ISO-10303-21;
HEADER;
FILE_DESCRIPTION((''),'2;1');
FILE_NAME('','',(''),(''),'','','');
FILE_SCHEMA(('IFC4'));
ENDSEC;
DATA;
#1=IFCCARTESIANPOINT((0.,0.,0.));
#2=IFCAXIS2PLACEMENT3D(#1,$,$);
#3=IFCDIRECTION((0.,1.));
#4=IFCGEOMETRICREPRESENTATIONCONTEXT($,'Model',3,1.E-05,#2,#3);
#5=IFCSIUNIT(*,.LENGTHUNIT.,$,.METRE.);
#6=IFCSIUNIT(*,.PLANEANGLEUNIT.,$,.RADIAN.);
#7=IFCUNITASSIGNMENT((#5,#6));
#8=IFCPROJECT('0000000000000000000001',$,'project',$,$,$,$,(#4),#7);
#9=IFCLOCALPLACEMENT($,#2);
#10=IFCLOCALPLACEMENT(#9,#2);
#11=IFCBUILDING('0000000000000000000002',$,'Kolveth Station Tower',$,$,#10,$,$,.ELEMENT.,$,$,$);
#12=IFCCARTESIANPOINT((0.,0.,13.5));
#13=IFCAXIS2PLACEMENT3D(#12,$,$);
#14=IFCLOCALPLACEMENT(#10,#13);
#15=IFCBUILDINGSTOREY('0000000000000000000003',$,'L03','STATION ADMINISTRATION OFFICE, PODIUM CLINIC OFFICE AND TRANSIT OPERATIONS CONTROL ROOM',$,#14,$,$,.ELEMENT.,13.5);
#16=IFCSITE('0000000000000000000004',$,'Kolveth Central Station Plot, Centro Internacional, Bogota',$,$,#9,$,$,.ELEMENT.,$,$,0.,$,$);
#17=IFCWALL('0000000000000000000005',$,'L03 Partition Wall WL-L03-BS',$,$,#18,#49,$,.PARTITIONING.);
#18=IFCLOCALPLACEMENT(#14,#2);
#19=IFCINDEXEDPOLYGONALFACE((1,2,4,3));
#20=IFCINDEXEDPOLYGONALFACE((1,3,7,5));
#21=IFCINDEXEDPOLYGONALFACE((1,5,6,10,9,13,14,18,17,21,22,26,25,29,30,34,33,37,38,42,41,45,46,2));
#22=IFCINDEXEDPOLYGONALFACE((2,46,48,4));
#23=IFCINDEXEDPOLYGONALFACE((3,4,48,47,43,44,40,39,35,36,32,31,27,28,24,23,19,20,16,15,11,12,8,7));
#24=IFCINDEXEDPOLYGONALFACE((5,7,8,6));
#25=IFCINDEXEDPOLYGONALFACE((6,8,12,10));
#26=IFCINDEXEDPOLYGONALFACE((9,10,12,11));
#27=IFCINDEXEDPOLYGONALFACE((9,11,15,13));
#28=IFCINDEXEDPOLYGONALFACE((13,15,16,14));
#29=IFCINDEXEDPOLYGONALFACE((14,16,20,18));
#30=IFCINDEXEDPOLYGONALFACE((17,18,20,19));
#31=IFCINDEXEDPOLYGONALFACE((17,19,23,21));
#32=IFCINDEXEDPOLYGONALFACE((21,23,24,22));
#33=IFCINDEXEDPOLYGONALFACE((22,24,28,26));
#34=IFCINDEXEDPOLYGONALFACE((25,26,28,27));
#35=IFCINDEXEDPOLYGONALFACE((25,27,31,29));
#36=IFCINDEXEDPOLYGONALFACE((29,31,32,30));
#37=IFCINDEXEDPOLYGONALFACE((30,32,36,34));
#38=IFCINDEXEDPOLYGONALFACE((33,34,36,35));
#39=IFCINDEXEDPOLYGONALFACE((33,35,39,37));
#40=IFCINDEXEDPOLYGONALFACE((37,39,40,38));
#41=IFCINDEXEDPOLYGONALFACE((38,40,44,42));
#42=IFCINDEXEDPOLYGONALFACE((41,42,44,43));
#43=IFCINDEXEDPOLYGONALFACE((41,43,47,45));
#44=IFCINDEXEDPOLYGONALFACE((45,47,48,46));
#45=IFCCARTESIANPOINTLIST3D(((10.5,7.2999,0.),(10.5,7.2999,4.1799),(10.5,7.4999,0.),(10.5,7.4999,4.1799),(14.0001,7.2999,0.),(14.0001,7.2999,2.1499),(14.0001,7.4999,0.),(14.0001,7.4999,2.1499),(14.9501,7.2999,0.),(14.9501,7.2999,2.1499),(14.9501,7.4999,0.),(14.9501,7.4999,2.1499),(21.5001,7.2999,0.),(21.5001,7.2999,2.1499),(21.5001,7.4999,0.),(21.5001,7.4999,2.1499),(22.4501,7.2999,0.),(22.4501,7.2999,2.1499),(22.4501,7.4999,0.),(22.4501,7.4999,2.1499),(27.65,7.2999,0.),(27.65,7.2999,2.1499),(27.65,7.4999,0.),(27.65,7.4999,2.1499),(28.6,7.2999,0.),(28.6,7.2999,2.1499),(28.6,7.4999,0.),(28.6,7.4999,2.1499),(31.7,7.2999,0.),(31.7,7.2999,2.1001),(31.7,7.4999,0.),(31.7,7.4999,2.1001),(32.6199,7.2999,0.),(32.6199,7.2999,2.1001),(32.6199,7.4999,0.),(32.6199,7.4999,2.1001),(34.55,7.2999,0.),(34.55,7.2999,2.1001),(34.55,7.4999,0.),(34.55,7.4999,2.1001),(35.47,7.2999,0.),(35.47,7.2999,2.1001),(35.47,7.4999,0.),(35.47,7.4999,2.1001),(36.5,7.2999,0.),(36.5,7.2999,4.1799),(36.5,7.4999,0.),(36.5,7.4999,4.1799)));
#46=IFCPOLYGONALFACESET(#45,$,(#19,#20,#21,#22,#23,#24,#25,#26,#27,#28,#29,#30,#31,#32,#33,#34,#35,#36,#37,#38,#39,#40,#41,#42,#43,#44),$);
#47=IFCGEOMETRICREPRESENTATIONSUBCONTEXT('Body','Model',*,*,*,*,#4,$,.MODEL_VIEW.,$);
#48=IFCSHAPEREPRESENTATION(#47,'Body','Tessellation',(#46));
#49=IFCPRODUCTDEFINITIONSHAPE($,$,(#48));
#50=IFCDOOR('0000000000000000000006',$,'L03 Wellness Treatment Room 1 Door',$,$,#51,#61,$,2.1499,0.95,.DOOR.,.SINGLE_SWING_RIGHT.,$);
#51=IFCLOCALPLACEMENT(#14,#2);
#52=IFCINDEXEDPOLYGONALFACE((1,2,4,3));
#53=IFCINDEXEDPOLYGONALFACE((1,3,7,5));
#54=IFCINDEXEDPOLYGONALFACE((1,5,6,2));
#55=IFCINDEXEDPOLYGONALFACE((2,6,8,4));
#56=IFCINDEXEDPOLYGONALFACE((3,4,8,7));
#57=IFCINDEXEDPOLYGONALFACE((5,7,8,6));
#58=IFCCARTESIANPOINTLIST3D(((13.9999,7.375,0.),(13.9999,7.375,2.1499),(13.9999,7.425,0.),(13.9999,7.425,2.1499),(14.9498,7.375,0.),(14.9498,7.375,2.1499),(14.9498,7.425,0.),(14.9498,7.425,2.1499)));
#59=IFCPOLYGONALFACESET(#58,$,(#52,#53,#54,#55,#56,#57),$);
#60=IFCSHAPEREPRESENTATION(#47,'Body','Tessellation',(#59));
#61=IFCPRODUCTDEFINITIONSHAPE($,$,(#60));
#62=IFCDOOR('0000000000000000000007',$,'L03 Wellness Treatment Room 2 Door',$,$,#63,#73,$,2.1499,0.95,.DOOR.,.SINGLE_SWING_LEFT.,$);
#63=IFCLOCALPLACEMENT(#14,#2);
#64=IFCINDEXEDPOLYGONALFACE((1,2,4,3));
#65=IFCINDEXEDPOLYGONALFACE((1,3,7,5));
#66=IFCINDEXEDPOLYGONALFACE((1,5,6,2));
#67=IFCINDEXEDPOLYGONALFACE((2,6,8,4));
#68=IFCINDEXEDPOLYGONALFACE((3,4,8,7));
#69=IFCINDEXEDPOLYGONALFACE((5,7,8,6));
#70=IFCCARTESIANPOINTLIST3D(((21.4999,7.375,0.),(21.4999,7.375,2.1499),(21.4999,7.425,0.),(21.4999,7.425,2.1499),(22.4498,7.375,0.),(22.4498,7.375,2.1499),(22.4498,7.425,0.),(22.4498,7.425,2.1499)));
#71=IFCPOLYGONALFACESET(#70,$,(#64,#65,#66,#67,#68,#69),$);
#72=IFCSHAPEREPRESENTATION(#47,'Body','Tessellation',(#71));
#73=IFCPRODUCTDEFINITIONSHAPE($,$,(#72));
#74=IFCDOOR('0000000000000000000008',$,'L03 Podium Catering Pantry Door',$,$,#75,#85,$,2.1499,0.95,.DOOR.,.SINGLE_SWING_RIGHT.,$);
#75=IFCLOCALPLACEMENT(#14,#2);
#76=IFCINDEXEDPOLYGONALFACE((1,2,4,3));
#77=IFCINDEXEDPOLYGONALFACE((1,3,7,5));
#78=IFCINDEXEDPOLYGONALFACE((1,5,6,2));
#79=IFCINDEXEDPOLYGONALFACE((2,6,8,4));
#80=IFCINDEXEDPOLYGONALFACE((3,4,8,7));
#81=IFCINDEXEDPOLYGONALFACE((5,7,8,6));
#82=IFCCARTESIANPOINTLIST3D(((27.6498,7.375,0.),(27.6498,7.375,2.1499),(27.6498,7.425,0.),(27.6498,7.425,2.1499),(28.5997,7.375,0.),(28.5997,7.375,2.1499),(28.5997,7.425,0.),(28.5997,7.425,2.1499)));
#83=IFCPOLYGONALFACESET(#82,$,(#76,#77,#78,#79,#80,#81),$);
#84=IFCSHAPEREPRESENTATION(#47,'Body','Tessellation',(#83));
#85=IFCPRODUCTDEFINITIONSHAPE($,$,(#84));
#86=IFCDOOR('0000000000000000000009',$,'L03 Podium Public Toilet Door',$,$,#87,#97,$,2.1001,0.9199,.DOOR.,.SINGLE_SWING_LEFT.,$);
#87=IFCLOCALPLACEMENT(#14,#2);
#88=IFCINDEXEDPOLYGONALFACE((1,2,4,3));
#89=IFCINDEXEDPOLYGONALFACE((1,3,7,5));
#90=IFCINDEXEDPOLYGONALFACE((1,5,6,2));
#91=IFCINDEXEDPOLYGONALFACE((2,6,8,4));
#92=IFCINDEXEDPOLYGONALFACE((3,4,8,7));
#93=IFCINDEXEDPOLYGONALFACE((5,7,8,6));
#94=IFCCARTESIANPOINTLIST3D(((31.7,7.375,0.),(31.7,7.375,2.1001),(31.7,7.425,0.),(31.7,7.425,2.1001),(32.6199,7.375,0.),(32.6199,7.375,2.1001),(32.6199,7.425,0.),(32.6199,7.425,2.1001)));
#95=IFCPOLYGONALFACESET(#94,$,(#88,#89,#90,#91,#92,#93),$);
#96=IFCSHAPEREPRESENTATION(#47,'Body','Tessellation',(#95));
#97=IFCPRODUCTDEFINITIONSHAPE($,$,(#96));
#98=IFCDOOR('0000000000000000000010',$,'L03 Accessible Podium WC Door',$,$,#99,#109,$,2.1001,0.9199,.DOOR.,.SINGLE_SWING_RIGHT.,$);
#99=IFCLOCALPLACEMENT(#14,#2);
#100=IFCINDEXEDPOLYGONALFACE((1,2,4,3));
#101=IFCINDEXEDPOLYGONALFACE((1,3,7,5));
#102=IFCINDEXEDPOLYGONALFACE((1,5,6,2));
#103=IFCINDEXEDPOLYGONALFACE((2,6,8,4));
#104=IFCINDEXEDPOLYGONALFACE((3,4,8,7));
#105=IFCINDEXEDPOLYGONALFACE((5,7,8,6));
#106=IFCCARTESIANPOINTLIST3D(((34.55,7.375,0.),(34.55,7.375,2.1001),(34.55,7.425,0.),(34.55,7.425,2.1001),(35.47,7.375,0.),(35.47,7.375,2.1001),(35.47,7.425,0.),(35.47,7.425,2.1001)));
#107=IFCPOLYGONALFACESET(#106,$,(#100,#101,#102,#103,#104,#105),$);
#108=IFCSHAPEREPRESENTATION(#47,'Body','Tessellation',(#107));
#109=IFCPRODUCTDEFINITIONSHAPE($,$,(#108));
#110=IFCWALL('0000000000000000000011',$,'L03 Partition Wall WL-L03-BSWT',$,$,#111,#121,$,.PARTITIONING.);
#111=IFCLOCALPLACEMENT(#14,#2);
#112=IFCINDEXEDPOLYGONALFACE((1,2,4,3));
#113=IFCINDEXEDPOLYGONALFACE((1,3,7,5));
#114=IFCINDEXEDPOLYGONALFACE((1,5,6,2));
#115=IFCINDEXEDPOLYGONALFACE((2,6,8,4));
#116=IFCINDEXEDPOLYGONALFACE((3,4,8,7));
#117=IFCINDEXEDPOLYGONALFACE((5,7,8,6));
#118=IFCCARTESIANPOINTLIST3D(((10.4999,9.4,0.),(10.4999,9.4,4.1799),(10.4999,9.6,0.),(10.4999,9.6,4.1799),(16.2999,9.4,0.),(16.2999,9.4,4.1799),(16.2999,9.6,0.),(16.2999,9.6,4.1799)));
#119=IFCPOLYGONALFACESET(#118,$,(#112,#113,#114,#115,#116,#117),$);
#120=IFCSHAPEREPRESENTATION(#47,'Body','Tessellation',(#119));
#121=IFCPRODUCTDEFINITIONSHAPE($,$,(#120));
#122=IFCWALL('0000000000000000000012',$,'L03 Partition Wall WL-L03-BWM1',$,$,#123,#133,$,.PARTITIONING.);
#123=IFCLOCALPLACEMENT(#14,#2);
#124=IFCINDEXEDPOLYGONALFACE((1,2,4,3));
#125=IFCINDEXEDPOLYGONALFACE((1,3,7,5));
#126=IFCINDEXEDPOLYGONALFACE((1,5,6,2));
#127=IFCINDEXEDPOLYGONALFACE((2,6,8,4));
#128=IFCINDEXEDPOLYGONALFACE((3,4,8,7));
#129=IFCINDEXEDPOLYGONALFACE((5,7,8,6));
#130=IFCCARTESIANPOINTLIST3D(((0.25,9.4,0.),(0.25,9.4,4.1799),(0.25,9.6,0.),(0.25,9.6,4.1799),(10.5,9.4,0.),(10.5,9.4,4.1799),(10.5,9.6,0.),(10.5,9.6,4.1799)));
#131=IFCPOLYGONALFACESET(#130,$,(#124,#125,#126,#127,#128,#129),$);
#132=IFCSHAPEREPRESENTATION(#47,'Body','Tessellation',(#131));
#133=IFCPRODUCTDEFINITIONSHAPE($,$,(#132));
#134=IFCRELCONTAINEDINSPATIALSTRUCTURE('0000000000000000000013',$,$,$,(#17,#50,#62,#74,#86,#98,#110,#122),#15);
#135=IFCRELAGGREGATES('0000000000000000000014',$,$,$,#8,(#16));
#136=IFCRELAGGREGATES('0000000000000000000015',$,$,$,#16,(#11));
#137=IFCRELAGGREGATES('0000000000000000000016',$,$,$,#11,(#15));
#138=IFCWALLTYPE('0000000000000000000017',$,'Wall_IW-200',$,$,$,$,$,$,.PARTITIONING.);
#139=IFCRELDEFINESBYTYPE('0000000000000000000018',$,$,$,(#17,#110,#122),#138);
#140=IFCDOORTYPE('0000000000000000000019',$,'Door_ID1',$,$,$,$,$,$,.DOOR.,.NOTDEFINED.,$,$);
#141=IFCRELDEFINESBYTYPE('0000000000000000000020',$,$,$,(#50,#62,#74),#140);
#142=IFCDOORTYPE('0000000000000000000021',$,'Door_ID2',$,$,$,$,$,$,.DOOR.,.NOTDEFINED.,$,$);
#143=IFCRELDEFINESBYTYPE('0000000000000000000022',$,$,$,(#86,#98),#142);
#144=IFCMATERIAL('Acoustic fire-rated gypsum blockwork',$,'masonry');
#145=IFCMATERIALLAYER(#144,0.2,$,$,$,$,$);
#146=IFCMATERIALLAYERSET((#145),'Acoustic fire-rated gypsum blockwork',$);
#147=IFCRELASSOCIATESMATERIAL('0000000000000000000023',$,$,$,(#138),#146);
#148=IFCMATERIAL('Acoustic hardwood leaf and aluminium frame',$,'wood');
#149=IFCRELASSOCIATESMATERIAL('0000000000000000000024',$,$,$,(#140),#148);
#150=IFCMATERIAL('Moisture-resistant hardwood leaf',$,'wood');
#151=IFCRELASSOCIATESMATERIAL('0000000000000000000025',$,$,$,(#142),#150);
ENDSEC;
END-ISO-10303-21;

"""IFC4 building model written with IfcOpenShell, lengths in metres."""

from ifc_helpers import new_model, si_unit, direction, frame, frame_2d, origin, place, context, subcontext, project, spatial, rectangle, extrude, material, layer, layer_set, type_object, element, fill, save


model = new_model("IFC4")

# Units and contexts
model_context = context("Model", 3, precision=1e-05, world=origin(), true_north=direction((0.0, 1.0)))
body_context = subcontext(model_context, "Body", "Model", "MODEL_VIEW")
ifc_project = project(units=[si_unit("LENGTHUNIT", "METRE"), si_unit("PLANEANGLEUNIT", "RADIAN")], contexts=[model_context])

# Site, building, storey
site_placement = place(None, origin())
site = spatial("IfcSite", under=ifc_project, at=site_placement, Name="Kolveth Central Station Plot, Centro Internacional, Bogota", CompositionType="ELEMENT", RefElevation=0.0)
building_placement = place(site_placement, origin())
building = spatial("IfcBuilding", under=site, at=building_placement, Name="Kolveth Station Tower", CompositionType="ELEMENT")
storey_placement = place(building_placement, frame((0.0, 0.0, 13.5)))
storey = spatial("IfcBuildingStorey", under=building, at=storey_placement, Name="L03", Description="STATION ADMINISTRATION OFFICE, PODIUM CLINIC OFFICE AND TRANSIT OPERATIONS CONTROL ROOM", CompositionType="ELEMENT", Elevation=13.5)

# Wall, openings, doors
ifc_material_1 = material(Name="Acoustic fire-rated gypsum blockwork", Category="masonry")
ifc_layer = layer(ifc_material_1, 0.2)
ifc_layer_set = layer_set([ifc_layer], Name="Acoustic fire-rated gypsum blockwork")
wall_type = type_object("IfcWallType", Name="Wall_IW-200", PredefinedType="PARTITIONING", material=ifc_layer_set)
wall_1_placement = place(storey_placement, frame((10.5, 7.3999, 0.0), z_axis=(0.0, 0.0, 1.0), x_axis=(1.0, 0.0, 0.0)))
wall_1 = element("IfcWall", 1, at=wall_1_placement, inside=storey, type_object=wall_type, Name="L03 Partition Wall WL-L03-BS", PredefinedType="PARTITIONING", context=body_context, shape_type="SweptSolid", body=[
    extrude(rectangle(XDim=26.0, YDim=0.2, at=frame_2d((13.0, 0.0))), origin(), (0.0, 0.0, 1.0), 4.1799),
])
opening_1_placement = place(wall_1_placement, frame((3.5, 0.0, 0.0)))
opening_1 = element("IfcOpeningElement", 2, at=opening_1_placement, cuts=wall_1, PredefinedType="OPENING", context=body_context, shape_type="SweptSolid", body=[
    extrude(rectangle(XDim=0.95, YDim=2.1499, at=frame_2d((0.4751, 1.075))), frame((0.0, 0.1099, 0.0), z_axis=(0.0, -1.0, 0.0), x_axis=(1.0, 0.0, 0.0)), (0.0, 0.0, 1.0), 0.22),
])
opening_2_placement = place(wall_1_placement, frame((11.0, 0.0, 0.0)))
opening_2 = element("IfcOpeningElement", 3, at=opening_2_placement, cuts=wall_1, PredefinedType="OPENING", context=body_context, shape_type="SweptSolid", body=[
    extrude(rectangle(XDim=0.95, YDim=2.1499, at=frame_2d((0.4751, 1.075))), frame((0.0, 0.1099, 0.0), z_axis=(0.0, -1.0, 0.0), x_axis=(1.0, 0.0, 0.0)), (0.0, 0.0, 1.0), 0.22),
])
opening_3_placement = place(wall_1_placement, frame((17.1499, 0.0, 0.0)))
opening_3 = element("IfcOpeningElement", 4, at=opening_3_placement, cuts=wall_1, PredefinedType="OPENING", context=body_context, shape_type="SweptSolid", body=[
    extrude(rectangle(XDim=0.95, YDim=2.1499, at=frame_2d((0.4751, 1.075))), frame((0.0, 0.1099, 0.0), z_axis=(0.0, -1.0, 0.0), x_axis=(1.0, 0.0, 0.0)), (0.0, 0.0, 1.0), 0.22),
])
opening_4_placement = place(wall_1_placement, frame((21.2, 0.0, 0.0)))
opening_4 = element("IfcOpeningElement", 5, at=opening_4_placement, cuts=wall_1, PredefinedType="OPENING", context=body_context, shape_type="SweptSolid", body=[
    extrude(rectangle(XDim=0.9199, YDim=2.1001, at=frame_2d((0.46, 1.05))), frame((0.0, 0.1099, 0.0), z_axis=(0.0, -1.0, 0.0), x_axis=(1.0, 0.0, 0.0)), (0.0, 0.0, 1.0), 0.22),
])
opening_5_placement = place(wall_1_placement, frame((24.05, 0.0, 0.0)))
opening_5 = element("IfcOpeningElement", 6, at=opening_5_placement, cuts=wall_1, PredefinedType="OPENING", context=body_context, shape_type="SweptSolid", body=[
    extrude(rectangle(XDim=0.9199, YDim=2.1001, at=frame_2d((0.46, 1.05))), frame((0.0, 0.1099, 0.0), z_axis=(0.0, -1.0, 0.0), x_axis=(1.0, 0.0, 0.0)), (0.0, 0.0, 1.0), 0.22),
])
ifc_material_2 = material(Name="Acoustic hardwood leaf and aluminium frame", Category="wood")
door_type_1 = type_object("IfcDoorType", Name="Door_ID1", OperationType="NOTDEFINED", PredefinedType="DOOR", material=ifc_material_2)
door_1_placement = place(opening_1_placement, frame((0.95, 0.0, 0.0), z_axis=(0.0, 0.0, 1.0), x_axis=(-1.0, 0.0, 0.0)))
door_1 = element("IfcDoor", 7, at=door_1_placement, inside=storey, type_object=door_type_1, Name="L03 Wellness Treatment Room 1 Door", OperationType="SINGLE_SWING_RIGHT", OverallHeight=2.1499, OverallWidth=0.95, PredefinedType="DOOR", context=body_context, shape_type="SweptSolid", body=[
    extrude(rectangle(XDim=0.95, YDim=2.1499, at=frame_2d((0.4751, 1.075))), frame((0.0, 0.0249, 0.0), z_axis=(0.0, -1.0, 0.0), x_axis=(1.0, 0.0, 0.0)), (0.0, 0.0, 1.0), 0.05),
])
fill(opening_1, door_1)
door_2_placement = place(opening_2_placement, frame((0.95, 0.0, 0.0), z_axis=(0.0, 0.0, 1.0), x_axis=(-1.0, 0.0, 0.0)))
door_2 = element("IfcDoor", 8, at=door_2_placement, inside=storey, type_object=door_type_1, Name="L03 Wellness Treatment Room 2 Door", OperationType="SINGLE_SWING_LEFT", OverallHeight=2.1499, OverallWidth=0.95, PredefinedType="DOOR", context=body_context, shape_type="SweptSolid", body=[
    extrude(rectangle(XDim=0.95, YDim=2.1499, at=frame_2d((0.4751, 1.075))), frame((0.0, 0.0249, 0.0), z_axis=(0.0, -1.0, 0.0), x_axis=(1.0, 0.0, 0.0)), (0.0, 0.0, 1.0), 0.05),
])
fill(opening_2, door_2)
door_3_placement = place(opening_3_placement, frame((0.95, 0.0, 0.0), z_axis=(0.0, 0.0, 1.0), x_axis=(-1.0, 0.0, 0.0)))
door_3 = element("IfcDoor", 9, at=door_3_placement, inside=storey, type_object=door_type_1, Name="L03 Podium Catering Pantry Door", OperationType="SINGLE_SWING_RIGHT", OverallHeight=2.1499, OverallWidth=0.95, PredefinedType="DOOR", context=body_context, shape_type="SweptSolid", body=[
    extrude(rectangle(XDim=0.95, YDim=2.1499, at=frame_2d((0.4751, 1.075))), frame((0.0, 0.0249, 0.0), z_axis=(0.0, -1.0, 0.0), x_axis=(1.0, 0.0, 0.0)), (0.0, 0.0, 1.0), 0.05),
])
fill(opening_3, door_3)
ifc_material_3 = material(Name="Moisture-resistant hardwood leaf", Category="wood")
door_type_2 = type_object("IfcDoorType", Name="Door_ID2", OperationType="NOTDEFINED", PredefinedType="DOOR", material=ifc_material_3)
door_4_placement = place(opening_4_placement, frame((0.9199, 0.0, 0.0), z_axis=(0.0, 0.0, 1.0), x_axis=(-1.0, 0.0, 0.0)))
door_4 = element("IfcDoor", 10, at=door_4_placement, inside=storey, type_object=door_type_2, Name="L03 Podium Public Toilet Door", OperationType="SINGLE_SWING_LEFT", OverallHeight=2.1001, OverallWidth=0.9199, PredefinedType="DOOR", context=body_context, shape_type="SweptSolid", body=[
    extrude(rectangle(XDim=0.9199, YDim=2.1001, at=frame_2d((0.46, 1.05))), frame((0.0, 0.0249, 0.0), z_axis=(0.0, -1.0, 0.0), x_axis=(1.0, 0.0, 0.0)), (0.0, 0.0, 1.0), 0.05),
])
fill(opening_4, door_4)
door_5_placement = place(opening_5_placement, frame((0.9199, 0.0, 0.0), z_axis=(0.0, 0.0, 1.0), x_axis=(-1.0, 0.0, 0.0)))
door_5 = element("IfcDoor", 11, at=door_5_placement, inside=storey, type_object=door_type_2, Name="L03 Accessible Podium WC Door", OperationType="SINGLE_SWING_RIGHT", OverallHeight=2.1001, OverallWidth=0.9199, PredefinedType="DOOR", context=body_context, shape_type="SweptSolid", body=[
    extrude(rectangle(XDim=0.9199, YDim=2.1001, at=frame_2d((0.46, 1.05))), frame((0.0, 0.0249, 0.0), z_axis=(0.0, -1.0, 0.0), x_axis=(1.0, 0.0, 0.0)), (0.0, 0.0, 1.0), 0.05),
])
fill(opening_5, door_5)

# Walls
wall_2_placement = place(storey_placement, frame((10.5, 9.5, 0.0), z_axis=(0.0, 0.0, 1.0), x_axis=(1.0, 0.0, 0.0)))
element("IfcWall", 12, at=wall_2_placement, inside=storey, type_object=wall_type, Name="L03 Partition Wall WL-L03-BSWT", PredefinedType="PARTITIONING", context=body_context, shape_type="SweptSolid", body=[
    extrude(rectangle(XDim=5.8, YDim=0.2, at=frame_2d((2.8999, 0.0))), origin(), (0.0, 0.0, 1.0), 4.1799),
])
wall_3_placement = place(storey_placement, frame((0.25, 9.5, 0.0), z_axis=(0.0, 0.0, 1.0), x_axis=(1.0, 0.0, 0.0)))
element("IfcWall", 13, at=wall_3_placement, inside=storey, type_object=wall_type, Name="L03 Partition Wall WL-L03-BWM1", PredefinedType="PARTITIONING", context=body_context, shape_type="SweptSolid", body=[
    extrude(rectangle(XDim=10.25, YDim=0.2, at=frame_2d((5.125, 0.0))), origin(), (0.0, 0.0, 1.0), 4.1799),
])

save(model, "model.ifc")
